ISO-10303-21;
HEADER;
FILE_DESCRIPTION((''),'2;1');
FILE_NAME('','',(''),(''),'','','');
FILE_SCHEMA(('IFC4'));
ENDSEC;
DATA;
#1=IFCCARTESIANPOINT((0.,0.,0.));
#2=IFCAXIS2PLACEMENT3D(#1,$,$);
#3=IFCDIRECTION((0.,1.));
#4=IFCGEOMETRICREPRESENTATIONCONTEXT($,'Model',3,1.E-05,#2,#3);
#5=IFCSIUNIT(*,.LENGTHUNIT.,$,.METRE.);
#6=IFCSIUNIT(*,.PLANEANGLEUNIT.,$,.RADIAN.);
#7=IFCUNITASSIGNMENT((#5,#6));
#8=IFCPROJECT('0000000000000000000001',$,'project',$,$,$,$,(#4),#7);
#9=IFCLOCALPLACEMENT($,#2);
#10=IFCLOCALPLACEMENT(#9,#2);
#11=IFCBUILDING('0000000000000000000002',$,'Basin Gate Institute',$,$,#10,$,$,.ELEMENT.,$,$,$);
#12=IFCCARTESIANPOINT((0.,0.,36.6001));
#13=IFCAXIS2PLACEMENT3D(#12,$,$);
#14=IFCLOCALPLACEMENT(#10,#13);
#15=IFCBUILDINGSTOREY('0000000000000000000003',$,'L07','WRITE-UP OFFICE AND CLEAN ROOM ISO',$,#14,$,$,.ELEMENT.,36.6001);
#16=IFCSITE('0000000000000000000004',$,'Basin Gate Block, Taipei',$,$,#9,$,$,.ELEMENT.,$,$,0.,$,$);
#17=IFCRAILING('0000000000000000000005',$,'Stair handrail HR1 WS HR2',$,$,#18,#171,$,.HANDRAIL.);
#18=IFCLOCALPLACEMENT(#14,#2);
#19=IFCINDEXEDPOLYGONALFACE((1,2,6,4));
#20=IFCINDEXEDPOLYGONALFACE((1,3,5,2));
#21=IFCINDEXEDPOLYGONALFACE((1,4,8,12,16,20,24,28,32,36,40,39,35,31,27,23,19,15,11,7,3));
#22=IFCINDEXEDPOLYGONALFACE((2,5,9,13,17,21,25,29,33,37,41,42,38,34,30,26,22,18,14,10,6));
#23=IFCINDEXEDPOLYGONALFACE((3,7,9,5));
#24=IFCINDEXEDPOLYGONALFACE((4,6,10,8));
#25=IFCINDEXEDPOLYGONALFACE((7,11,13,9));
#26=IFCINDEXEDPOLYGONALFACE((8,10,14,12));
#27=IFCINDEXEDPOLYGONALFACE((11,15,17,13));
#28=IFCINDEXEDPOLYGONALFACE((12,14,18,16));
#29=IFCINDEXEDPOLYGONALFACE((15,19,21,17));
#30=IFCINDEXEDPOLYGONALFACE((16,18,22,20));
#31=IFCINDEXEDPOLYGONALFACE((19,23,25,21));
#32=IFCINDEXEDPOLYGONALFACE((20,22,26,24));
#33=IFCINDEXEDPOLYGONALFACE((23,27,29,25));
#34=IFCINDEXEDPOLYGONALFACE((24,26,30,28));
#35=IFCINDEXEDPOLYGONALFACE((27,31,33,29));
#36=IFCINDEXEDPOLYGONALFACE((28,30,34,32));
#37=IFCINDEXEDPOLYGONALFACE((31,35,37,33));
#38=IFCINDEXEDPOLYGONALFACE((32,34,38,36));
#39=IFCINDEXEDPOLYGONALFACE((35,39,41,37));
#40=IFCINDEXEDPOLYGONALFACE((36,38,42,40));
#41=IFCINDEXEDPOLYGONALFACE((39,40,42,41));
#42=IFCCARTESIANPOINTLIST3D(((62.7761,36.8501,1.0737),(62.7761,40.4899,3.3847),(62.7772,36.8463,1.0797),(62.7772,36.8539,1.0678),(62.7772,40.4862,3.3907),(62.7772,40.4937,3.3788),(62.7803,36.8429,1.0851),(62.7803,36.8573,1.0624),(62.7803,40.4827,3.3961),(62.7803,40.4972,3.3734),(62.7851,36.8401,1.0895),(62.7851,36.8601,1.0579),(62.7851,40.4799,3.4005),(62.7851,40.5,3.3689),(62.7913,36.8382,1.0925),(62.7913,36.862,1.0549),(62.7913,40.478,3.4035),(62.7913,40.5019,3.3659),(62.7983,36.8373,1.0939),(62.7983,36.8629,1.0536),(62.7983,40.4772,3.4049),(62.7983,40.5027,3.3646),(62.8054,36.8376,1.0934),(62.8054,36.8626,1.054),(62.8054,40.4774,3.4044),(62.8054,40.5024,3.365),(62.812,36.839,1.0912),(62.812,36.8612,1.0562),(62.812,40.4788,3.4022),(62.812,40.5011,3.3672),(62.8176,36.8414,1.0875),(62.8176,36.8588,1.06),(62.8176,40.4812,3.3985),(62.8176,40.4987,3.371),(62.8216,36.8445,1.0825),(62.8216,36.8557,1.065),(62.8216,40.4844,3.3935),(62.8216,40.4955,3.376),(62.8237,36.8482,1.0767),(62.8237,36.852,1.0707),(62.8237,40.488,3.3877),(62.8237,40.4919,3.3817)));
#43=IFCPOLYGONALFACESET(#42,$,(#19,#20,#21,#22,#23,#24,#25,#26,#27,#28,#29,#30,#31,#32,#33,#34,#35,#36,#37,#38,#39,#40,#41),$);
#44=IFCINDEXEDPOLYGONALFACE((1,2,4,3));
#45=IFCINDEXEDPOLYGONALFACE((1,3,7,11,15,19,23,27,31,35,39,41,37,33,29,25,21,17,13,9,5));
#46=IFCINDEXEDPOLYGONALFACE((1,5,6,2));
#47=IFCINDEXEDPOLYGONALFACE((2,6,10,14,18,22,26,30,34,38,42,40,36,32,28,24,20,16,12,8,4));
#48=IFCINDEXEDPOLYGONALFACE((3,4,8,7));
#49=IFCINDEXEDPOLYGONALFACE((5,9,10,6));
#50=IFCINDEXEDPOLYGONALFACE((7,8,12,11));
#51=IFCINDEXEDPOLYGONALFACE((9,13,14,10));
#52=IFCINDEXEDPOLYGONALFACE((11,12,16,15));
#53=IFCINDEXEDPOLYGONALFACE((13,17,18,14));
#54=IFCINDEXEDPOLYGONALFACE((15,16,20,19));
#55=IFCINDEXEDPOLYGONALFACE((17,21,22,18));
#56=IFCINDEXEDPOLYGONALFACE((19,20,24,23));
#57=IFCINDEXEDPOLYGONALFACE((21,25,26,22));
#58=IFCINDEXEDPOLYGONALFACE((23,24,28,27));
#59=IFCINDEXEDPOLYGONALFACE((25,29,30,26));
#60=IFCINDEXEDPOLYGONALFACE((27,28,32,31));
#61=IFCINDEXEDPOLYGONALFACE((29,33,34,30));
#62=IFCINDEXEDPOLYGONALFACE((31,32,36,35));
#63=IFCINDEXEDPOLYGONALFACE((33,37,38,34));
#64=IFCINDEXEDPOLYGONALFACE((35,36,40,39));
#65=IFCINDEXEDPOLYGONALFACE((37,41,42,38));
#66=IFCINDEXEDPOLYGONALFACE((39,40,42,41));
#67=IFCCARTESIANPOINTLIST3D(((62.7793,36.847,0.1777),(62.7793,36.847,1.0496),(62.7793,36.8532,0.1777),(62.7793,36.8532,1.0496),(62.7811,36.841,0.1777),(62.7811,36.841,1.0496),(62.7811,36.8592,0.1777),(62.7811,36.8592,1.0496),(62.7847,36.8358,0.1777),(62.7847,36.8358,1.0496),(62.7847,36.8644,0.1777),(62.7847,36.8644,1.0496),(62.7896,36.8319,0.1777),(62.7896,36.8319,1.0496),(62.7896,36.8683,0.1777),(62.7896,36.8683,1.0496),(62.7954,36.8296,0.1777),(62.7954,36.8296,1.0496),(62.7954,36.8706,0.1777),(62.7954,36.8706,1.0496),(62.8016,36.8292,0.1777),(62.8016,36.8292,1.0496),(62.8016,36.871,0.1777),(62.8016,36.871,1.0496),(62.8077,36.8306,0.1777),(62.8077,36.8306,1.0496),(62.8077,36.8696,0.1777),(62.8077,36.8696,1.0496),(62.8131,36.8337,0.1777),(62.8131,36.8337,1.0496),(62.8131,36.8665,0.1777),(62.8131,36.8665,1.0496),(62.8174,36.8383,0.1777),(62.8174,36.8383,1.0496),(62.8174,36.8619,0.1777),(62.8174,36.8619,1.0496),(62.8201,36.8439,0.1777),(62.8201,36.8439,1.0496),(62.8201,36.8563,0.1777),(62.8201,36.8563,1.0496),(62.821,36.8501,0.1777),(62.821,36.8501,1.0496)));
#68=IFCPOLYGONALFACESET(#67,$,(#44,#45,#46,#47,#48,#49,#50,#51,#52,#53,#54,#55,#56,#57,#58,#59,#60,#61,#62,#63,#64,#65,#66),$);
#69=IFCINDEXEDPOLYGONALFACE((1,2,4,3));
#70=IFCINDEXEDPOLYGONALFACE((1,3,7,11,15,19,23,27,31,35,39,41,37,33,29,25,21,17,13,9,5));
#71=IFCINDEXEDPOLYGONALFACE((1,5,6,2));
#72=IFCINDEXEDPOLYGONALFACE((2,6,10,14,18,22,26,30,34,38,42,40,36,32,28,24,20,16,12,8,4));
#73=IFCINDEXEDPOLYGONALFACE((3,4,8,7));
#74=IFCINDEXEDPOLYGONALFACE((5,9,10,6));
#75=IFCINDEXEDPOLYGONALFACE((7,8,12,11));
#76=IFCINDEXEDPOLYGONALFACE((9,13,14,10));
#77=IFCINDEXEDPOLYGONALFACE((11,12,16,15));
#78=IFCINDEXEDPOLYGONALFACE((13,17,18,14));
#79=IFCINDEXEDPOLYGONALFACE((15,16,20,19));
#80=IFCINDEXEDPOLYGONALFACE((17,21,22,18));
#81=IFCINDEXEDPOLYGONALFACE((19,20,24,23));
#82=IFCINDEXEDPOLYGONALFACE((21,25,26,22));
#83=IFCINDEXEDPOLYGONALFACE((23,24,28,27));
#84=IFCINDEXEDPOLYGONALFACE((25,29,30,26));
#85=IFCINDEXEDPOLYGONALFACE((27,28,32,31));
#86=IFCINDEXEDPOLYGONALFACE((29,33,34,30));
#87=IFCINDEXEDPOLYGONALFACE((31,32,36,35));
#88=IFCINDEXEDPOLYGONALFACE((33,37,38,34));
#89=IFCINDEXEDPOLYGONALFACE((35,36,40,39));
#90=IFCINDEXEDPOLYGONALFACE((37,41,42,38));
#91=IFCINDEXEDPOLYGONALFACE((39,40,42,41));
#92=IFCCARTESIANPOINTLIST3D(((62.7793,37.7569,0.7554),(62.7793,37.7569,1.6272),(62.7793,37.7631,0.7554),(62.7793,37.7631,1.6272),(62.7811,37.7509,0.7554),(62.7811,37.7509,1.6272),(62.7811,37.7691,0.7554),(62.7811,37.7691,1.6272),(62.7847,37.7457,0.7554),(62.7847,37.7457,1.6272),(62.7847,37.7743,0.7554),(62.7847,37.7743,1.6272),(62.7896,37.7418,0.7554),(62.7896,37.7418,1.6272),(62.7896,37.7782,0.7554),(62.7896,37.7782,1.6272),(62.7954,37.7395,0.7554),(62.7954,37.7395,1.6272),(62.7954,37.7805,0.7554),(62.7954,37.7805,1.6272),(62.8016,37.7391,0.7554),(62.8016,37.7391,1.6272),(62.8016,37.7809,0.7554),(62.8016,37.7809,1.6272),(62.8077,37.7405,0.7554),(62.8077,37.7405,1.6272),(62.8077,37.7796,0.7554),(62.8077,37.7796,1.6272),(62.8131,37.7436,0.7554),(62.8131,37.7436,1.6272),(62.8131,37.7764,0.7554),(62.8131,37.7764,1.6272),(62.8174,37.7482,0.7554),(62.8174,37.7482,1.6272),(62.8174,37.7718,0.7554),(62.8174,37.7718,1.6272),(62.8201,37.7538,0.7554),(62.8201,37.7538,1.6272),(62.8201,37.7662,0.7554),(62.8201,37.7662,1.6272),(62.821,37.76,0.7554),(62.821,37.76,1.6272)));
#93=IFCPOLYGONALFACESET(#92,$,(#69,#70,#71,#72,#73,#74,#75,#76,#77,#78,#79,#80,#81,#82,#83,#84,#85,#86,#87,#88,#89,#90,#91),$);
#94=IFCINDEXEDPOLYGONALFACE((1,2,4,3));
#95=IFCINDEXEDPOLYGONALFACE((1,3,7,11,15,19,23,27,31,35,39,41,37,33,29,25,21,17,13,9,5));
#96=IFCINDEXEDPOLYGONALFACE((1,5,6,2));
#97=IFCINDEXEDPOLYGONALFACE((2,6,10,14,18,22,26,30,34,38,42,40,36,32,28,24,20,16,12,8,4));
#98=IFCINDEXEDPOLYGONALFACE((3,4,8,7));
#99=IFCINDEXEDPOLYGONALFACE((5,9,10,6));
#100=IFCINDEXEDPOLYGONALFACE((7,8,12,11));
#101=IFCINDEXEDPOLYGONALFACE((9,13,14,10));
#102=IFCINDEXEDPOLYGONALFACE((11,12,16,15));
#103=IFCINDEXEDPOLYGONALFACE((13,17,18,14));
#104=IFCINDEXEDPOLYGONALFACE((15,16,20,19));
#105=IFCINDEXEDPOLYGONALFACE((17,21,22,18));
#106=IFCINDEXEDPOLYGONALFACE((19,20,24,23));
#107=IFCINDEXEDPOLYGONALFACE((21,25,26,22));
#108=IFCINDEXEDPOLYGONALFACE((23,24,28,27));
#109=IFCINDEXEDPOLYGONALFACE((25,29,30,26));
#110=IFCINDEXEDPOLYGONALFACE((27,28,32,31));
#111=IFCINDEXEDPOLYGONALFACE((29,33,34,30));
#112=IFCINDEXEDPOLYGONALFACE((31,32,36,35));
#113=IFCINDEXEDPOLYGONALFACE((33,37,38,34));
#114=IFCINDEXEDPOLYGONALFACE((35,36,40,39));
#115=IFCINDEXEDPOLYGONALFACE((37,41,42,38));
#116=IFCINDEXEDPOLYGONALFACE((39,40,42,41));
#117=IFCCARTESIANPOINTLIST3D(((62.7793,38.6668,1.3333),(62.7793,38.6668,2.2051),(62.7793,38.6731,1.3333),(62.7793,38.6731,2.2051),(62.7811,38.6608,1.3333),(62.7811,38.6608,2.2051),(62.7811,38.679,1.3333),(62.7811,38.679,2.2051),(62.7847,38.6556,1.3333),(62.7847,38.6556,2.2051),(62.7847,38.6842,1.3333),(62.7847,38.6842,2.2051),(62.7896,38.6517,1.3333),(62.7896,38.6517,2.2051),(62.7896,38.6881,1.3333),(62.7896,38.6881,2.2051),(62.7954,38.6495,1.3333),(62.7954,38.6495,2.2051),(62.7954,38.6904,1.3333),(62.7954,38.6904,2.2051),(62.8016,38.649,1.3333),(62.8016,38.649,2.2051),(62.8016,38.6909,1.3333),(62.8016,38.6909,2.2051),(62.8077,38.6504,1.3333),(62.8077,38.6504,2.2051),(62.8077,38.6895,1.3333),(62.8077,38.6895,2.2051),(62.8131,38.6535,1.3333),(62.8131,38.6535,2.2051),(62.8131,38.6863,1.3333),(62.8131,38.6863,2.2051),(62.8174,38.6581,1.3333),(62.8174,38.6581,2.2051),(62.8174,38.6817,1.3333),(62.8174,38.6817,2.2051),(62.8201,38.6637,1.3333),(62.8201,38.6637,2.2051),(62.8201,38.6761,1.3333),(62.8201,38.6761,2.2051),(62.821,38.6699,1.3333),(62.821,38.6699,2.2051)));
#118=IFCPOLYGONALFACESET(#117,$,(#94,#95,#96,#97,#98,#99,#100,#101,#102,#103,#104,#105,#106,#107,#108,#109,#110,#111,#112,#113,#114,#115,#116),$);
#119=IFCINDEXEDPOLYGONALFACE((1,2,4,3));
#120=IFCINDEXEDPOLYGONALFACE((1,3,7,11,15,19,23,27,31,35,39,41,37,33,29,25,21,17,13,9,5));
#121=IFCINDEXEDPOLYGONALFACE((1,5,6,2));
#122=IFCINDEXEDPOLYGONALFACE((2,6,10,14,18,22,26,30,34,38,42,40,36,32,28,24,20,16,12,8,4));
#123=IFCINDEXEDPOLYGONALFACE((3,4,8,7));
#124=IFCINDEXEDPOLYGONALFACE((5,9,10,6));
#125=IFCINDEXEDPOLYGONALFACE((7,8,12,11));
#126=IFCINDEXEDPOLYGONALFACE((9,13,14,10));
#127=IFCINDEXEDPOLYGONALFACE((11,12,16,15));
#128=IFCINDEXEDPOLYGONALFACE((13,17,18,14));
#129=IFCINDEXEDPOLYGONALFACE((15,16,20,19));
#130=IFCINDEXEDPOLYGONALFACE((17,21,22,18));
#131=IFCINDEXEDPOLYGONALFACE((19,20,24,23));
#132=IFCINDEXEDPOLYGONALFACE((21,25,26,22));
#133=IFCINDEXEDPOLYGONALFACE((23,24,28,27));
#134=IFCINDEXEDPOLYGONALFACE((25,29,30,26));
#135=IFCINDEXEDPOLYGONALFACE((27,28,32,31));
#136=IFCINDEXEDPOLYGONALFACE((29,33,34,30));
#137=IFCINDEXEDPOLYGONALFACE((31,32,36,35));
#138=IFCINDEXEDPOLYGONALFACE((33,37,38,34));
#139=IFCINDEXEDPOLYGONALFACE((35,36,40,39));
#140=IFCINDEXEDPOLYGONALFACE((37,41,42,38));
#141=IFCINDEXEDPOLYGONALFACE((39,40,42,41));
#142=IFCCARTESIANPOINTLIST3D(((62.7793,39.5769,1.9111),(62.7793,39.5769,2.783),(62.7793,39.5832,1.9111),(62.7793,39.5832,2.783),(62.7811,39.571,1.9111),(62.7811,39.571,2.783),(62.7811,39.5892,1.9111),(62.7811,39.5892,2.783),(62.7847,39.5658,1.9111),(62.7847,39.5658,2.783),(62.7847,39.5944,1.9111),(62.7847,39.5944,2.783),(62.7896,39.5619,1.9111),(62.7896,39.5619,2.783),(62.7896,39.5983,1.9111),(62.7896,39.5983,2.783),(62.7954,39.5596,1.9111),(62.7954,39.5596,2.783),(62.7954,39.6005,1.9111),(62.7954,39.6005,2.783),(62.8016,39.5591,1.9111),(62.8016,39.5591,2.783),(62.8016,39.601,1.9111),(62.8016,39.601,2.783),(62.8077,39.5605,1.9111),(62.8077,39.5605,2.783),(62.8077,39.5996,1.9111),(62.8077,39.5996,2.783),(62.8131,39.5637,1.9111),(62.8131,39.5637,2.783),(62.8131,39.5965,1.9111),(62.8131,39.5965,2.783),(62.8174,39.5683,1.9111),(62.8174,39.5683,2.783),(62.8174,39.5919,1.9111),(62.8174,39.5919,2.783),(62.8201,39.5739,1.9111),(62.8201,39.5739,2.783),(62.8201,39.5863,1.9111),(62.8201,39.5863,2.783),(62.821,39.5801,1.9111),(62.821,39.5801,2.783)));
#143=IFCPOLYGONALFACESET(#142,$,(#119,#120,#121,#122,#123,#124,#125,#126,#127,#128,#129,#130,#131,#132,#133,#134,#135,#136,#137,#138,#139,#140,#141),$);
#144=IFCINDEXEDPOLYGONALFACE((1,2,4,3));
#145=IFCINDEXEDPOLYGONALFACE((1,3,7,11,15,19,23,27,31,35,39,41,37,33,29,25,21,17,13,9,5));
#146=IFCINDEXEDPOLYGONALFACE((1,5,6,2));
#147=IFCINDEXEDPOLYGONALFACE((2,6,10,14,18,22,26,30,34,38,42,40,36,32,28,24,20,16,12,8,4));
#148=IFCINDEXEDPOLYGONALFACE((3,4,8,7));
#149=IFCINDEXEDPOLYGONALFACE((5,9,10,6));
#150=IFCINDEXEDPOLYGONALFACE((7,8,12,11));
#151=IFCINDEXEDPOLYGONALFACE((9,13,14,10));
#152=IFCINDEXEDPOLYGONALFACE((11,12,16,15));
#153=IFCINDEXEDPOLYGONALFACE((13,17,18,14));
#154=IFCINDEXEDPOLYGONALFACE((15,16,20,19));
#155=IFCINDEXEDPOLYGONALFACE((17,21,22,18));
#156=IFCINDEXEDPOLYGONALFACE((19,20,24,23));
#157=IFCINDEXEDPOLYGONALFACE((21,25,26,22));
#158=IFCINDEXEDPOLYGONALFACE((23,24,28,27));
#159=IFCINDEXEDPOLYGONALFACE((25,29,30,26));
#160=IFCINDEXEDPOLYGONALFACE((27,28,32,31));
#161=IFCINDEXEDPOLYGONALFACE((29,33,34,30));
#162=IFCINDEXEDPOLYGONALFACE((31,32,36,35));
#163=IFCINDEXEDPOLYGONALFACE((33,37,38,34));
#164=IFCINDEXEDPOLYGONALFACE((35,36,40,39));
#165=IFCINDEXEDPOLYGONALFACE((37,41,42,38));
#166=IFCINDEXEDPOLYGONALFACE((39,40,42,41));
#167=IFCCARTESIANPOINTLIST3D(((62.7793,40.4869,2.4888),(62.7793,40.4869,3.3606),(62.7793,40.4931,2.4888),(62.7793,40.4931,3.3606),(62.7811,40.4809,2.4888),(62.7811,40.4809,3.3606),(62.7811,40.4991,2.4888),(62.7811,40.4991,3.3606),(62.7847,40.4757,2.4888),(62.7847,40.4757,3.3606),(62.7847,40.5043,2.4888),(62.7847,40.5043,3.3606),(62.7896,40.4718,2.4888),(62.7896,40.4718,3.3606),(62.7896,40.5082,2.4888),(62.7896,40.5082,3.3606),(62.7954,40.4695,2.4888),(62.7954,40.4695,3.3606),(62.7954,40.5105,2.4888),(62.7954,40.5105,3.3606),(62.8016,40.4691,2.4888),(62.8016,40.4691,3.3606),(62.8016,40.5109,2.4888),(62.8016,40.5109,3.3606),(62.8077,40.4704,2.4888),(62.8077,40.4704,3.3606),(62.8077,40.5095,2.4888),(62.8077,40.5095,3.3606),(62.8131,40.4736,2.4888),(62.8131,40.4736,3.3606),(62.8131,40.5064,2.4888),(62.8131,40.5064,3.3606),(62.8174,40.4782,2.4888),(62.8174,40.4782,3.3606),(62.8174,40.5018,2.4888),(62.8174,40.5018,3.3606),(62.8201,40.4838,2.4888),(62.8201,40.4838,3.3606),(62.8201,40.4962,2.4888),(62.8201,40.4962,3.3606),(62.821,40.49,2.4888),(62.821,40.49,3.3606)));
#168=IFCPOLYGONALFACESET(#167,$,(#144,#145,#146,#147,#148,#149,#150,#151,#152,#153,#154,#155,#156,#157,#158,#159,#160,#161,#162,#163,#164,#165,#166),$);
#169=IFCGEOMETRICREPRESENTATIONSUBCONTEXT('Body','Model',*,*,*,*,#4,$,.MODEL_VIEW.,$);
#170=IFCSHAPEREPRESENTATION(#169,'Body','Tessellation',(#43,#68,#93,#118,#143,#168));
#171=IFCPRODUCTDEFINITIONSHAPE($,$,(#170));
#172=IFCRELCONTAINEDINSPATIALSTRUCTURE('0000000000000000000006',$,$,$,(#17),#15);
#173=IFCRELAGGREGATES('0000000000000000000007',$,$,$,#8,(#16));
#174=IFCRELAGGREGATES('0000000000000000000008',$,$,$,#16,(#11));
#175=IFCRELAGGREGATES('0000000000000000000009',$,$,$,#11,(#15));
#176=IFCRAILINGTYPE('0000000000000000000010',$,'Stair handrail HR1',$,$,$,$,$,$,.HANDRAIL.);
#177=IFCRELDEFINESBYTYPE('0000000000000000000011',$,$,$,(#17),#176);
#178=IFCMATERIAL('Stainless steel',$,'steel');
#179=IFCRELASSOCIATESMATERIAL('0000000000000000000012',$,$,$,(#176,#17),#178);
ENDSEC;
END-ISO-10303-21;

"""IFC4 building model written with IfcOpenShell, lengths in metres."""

from ifc_helpers import new_model, si_unit, direction, frame, origin, origin_2d, place, context, subcontext, project, spatial, circle, extrude, material, type_object, element, save


model = new_model("IFC4")

# Units and contexts
model_context = context("Model", 3, precision=1e-05, world=origin(), true_north=direction((0.0, 1.0)))
body_context = subcontext(model_context, "Body", "Model", "MODEL_VIEW")
ifc_project = project(units=[si_unit("LENGTHUNIT", "METRE"), si_unit("PLANEANGLEUNIT", "RADIAN")], contexts=[model_context])

# Site, building, storey
site_placement = place(None, origin())
site = spatial("IfcSite", under=ifc_project, at=site_placement, Name="Basin Gate Block, Taipei", CompositionType="ELEMENT", RefElevation=0.0)
building_placement = place(site_placement, origin())
building = spatial("IfcBuilding", under=site, at=building_placement, Name="Basin Gate Institute", CompositionType="ELEMENT")
storey_placement = place(building_placement, frame((0.0, 0.0, 36.6001)))
storey = spatial("IfcBuildingStorey", under=building, at=storey_placement, Name="L07", Description="WRITE-UP OFFICE AND CLEAN ROOM ISO", CompositionType="ELEMENT", Elevation=36.6001)

# Railing
ifc_material_1 = material(Name="Stainless steel", Category="steel")
railing_type_1 = type_object("IfcRailingType", Name="Stair handrail HR1", PredefinedType="HANDRAIL", material=ifc_material_1)
for number, where, name in (
    (1, (62.8, 36.8501, 0.1777), "Stair handrail HR1 WS HR2"),
):
    element("IfcRailing", number, at=place(storey_placement, frame(where)), inside=storey, type_object=railing_type_1, material=ifc_material_1, Name=name, PredefinedType="HANDRAIL", context=body_context, shape_type="SweptSolid", body=[
        extrude(circle(Radius=0.0239, at=origin_2d()), frame((0.0, 0.0, 0.896), z_axis=(0.0, 0.844214, 0.536007), x_axis=(-1.0, 0.0, 0.0)), (0.0, 0.0, 1.0), 4.3115),
        extrude(circle(Radius=0.021, at=origin_2d()), origin(), (0.0, 0.0, 1.0), 0.8718),
        extrude(circle(Radius=0.021, at=origin_2d()), frame((0.0, 0.9099, 0.5776)), (0.0, 0.0, 1.0), 0.8718),
        extrude(circle(Radius=0.021, at=origin_2d()), frame((0.0, 1.8198, 1.1555)), (0.0, 0.0, 1.0), 0.8718),
        extrude(circle(Radius=0.021, at=origin_2d()), frame((0.0, 2.73, 1.7334)), (0.0, 0.0, 1.0), 0.8718),
        extrude(circle(Radius=0.021, at=origin_2d()), frame((0.0, 3.6399, 2.311)), (0.0, 0.0, 1.0), 0.8718),
    ])

save(model, "model.ifc")
